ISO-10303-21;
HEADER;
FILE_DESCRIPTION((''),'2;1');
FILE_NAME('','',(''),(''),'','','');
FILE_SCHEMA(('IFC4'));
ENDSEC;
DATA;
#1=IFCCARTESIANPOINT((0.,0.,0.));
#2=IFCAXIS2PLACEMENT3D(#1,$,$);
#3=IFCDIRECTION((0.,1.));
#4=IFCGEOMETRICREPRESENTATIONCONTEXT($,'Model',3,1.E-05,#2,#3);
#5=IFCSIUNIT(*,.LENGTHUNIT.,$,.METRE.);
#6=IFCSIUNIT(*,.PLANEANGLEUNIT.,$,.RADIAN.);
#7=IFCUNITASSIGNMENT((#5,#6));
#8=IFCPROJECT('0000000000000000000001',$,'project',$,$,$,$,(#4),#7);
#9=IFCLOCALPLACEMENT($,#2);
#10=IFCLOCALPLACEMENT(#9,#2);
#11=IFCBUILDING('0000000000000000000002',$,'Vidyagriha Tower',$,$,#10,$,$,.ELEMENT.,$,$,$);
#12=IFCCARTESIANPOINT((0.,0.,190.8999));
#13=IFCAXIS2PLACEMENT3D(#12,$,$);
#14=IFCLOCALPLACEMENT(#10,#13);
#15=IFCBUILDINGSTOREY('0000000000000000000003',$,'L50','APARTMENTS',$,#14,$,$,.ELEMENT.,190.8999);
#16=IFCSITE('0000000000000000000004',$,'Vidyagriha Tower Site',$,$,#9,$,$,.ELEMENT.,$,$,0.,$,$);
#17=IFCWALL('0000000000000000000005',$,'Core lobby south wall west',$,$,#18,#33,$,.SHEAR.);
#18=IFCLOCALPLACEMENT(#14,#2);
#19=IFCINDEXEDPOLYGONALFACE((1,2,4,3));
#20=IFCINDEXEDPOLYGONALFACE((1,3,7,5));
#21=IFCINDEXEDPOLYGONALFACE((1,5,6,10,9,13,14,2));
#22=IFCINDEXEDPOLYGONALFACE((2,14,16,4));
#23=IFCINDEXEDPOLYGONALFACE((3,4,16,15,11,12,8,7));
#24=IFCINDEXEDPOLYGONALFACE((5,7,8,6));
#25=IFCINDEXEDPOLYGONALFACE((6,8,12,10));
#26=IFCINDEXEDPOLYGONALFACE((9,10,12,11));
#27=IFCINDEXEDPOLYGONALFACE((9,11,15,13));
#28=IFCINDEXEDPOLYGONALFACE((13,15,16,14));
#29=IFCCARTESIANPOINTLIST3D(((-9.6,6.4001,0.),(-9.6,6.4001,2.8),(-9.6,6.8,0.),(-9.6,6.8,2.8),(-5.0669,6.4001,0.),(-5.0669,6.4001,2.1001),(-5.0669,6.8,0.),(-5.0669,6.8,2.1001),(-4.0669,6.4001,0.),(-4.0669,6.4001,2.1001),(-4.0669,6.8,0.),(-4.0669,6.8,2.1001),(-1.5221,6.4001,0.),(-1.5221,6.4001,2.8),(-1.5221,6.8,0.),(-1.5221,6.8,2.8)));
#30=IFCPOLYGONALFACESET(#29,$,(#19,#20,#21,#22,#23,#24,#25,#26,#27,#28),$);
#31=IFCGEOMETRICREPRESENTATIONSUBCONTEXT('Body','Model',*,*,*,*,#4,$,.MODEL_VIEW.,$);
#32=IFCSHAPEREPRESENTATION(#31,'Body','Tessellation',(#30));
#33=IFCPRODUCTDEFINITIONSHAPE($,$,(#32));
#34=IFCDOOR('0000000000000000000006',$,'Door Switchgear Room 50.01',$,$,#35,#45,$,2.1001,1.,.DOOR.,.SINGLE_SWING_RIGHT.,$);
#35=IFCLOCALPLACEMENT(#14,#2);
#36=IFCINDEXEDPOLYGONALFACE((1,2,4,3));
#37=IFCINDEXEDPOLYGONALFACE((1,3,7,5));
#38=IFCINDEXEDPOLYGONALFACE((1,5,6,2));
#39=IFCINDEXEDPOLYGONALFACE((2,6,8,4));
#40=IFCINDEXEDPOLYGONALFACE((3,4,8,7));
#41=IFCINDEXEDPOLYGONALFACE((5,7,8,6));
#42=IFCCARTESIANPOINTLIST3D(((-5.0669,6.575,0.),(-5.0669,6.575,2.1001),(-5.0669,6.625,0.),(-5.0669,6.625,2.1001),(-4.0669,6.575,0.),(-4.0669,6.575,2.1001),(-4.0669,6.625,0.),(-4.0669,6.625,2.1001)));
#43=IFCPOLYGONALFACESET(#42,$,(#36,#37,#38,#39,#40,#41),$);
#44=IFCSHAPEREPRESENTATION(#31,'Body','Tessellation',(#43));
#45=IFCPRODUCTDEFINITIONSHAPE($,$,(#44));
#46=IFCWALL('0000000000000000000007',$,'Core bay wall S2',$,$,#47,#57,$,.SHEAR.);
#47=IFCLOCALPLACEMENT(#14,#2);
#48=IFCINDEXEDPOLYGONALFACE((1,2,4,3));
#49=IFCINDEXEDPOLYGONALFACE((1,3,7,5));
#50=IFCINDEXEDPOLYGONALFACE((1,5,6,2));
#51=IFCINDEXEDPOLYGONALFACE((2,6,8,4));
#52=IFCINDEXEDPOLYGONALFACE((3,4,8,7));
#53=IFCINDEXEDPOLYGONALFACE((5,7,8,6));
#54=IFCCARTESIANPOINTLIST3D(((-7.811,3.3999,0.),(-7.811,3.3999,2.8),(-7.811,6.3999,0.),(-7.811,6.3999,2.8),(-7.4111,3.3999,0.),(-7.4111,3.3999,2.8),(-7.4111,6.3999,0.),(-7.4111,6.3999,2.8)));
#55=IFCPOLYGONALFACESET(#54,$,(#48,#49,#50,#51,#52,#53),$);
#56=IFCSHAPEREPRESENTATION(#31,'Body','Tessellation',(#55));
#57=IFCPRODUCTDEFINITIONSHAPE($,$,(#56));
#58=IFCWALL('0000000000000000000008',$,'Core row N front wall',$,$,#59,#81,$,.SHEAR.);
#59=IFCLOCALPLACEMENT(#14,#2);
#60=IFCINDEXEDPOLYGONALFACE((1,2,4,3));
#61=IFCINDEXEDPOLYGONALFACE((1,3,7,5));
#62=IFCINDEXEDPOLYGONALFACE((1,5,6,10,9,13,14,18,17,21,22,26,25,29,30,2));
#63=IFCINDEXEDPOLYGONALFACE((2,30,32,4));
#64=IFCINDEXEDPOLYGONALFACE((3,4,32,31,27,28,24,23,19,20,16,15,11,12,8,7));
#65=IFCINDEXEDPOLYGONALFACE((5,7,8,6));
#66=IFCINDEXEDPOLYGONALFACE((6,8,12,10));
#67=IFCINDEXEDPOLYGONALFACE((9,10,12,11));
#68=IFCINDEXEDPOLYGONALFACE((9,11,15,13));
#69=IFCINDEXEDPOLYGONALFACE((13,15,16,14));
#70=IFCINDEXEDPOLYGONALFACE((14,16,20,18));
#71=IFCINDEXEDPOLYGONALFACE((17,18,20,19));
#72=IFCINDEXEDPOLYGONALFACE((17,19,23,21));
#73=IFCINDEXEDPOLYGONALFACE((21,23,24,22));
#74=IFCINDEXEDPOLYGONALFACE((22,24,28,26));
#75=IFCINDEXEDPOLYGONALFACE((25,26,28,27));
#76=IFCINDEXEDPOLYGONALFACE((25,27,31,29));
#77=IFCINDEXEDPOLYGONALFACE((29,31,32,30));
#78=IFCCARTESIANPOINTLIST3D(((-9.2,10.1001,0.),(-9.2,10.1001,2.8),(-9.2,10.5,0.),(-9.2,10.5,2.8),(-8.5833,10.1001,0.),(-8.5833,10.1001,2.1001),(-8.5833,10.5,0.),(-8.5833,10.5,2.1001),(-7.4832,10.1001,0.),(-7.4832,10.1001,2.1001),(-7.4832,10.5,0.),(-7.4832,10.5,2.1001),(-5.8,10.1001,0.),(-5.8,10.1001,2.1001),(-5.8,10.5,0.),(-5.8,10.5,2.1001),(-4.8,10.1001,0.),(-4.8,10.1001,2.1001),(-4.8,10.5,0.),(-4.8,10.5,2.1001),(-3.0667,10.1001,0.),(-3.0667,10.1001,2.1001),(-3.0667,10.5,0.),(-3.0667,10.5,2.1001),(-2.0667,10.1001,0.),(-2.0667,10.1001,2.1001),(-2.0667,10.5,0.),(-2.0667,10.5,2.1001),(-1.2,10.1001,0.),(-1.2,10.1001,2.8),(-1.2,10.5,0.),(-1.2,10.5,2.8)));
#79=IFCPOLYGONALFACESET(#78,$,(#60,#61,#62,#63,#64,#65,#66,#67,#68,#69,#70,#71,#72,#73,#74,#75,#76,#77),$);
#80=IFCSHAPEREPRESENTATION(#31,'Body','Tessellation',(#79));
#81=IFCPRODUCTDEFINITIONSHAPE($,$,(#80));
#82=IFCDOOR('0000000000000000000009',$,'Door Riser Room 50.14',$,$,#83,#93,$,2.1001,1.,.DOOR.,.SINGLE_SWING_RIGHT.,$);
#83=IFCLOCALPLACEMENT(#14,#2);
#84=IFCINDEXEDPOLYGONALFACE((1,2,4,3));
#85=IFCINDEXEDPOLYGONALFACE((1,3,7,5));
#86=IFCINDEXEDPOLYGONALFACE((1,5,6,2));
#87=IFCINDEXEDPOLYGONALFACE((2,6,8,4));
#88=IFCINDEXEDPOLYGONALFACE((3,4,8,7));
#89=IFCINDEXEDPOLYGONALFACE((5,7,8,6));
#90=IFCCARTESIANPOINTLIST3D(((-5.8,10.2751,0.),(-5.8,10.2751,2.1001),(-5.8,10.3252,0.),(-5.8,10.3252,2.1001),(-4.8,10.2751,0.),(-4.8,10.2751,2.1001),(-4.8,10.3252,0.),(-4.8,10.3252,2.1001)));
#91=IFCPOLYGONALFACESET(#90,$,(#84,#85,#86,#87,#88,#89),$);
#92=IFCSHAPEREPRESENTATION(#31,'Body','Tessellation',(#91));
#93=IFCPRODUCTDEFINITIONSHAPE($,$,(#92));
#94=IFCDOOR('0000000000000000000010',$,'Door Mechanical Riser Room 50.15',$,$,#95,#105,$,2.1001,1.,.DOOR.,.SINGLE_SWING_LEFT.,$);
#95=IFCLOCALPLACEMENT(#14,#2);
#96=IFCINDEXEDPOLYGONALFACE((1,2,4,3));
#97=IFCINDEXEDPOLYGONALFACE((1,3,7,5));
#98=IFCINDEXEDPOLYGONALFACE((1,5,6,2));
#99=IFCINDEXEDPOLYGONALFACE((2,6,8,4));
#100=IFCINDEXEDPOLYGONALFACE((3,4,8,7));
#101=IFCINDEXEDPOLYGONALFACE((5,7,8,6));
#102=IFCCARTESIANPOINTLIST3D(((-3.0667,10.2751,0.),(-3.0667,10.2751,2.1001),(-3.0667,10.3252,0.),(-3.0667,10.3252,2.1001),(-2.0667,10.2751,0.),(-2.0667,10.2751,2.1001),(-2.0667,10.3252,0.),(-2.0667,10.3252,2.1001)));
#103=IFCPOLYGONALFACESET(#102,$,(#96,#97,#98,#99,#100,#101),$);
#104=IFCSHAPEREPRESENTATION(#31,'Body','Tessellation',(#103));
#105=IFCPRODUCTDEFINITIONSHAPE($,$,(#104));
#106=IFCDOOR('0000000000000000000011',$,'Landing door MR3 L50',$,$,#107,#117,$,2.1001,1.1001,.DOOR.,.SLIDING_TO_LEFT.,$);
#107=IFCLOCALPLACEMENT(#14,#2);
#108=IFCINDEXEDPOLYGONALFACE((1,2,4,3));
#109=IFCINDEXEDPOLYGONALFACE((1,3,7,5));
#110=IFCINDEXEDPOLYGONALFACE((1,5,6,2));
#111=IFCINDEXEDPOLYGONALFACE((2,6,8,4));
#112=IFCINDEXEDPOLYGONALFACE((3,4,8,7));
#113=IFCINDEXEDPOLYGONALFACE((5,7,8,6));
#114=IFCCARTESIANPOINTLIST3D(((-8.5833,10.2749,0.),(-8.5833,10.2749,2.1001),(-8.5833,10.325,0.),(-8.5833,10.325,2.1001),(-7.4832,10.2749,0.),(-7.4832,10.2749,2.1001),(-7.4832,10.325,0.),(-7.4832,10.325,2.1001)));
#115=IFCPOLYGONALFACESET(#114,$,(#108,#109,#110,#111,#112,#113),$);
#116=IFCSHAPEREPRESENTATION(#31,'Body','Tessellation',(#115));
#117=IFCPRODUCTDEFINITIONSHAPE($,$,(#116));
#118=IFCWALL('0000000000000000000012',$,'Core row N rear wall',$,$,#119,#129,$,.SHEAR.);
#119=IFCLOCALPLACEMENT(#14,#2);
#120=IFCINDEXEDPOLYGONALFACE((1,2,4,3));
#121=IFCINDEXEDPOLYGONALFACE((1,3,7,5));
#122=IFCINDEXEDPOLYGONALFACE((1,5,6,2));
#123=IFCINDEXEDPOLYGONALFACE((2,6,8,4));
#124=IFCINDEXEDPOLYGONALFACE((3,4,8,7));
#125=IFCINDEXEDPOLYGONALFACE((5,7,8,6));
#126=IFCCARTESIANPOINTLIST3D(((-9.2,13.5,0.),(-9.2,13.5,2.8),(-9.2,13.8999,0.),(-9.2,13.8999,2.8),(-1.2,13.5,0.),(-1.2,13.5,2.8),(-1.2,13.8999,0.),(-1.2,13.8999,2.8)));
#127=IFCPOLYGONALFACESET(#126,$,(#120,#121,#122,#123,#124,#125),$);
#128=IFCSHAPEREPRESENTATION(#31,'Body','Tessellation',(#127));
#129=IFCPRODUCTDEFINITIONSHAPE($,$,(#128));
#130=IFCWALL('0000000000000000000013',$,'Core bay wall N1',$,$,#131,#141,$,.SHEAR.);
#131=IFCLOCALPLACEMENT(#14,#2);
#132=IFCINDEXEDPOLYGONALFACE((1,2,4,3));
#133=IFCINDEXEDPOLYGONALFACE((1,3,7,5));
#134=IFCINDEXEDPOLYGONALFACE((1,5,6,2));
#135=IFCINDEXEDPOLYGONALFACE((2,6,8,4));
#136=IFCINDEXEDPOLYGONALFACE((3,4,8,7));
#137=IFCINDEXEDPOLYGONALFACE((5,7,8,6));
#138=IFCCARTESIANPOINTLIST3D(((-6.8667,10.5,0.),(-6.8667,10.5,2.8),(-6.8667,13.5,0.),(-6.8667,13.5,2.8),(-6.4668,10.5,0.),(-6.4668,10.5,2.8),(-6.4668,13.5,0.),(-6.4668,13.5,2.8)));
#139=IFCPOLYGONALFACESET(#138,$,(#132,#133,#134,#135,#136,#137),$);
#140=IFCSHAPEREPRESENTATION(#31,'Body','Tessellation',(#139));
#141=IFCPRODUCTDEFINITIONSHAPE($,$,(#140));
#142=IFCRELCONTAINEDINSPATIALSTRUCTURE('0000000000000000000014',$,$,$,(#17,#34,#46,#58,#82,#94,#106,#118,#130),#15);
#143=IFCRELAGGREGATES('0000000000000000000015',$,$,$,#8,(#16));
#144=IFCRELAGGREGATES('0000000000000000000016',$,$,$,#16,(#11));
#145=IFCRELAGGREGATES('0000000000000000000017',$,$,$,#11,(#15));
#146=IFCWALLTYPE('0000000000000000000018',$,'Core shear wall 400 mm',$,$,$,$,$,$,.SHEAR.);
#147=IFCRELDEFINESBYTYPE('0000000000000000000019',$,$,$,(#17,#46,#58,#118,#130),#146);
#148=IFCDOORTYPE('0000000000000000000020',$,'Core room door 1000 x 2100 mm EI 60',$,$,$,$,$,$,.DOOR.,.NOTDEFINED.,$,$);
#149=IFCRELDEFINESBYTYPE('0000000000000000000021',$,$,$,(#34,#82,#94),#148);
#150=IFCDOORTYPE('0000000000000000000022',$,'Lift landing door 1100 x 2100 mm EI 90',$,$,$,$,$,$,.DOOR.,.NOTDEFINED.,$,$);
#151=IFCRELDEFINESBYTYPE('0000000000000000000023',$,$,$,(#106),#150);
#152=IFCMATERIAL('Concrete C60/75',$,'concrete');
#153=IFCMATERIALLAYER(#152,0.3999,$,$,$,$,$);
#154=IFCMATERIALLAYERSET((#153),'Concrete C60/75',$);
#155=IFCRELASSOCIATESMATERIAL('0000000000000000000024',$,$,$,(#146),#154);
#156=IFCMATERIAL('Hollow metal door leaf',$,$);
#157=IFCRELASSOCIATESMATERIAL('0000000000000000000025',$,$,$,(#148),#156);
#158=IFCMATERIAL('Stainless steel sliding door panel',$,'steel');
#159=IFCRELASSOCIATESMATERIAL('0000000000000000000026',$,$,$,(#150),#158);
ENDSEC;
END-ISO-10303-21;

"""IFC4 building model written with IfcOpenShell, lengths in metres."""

from ifc_helpers import new_model, si_unit, direction, frame, frame_2d, origin, place, context, subcontext, project, spatial, rectangle, extrude, material, layer, layer_set, type_object, element, fill, save


model = new_model("IFC4")

# Units and contexts
model_context = context("Model", 3, precision=1e-05, world=origin(), true_north=direction((0.0, 1.0)))
body_context = subcontext(model_context, "Body", "Model", "MODEL_VIEW")
ifc_project = project(units=[si_unit("LENGTHUNIT", "METRE"), si_unit("PLANEANGLEUNIT", "RADIAN")], contexts=[model_context])

# Site, building, storey
site_placement = place(None, origin())
site = spatial("IfcSite", under=ifc_project, at=site_placement, Name="Vidyagriha Tower Site", CompositionType="ELEMENT", RefElevation=0.0)
building_placement = place(site_placement, origin())
building = spatial("IfcBuilding", under=site, at=building_placement, Name="Vidyagriha Tower", CompositionType="ELEMENT")
storey_placement = place(building_placement, frame((0.0, 0.0, 190.8999)))
storey = spatial("IfcBuildingStorey", under=building, at=storey_placement, Name="L50", Description="APARTMENTS", CompositionType="ELEMENT", Elevation=190.8999)

# Shared definitions
ifc_material_1 = material(Name="Concrete C60/75", Category="concrete")
ifc_layer_1 = layer(ifc_material_1, 0.3999)
ifc_layer_set_1 = layer_set([ifc_layer_1], Name="Concrete C60/75")
wall_type_1 = type_object("IfcWallType", Name="Core shear wall 400 mm", PredefinedType="SHEAR", material=ifc_layer_set_1)

# Shared definitions
ifc_material_2 = material(Name="Hollow metal door leaf")
door_type_1 = type_object("IfcDoorType", Name="Core room door 1000 x 2100 mm EI 60", OperationType="NOTDEFINED", PredefinedType="DOOR", material=ifc_material_2)
ifc_material_3 = material(Name="Stainless steel sliding door panel", Category="steel")
door_type_2 = type_object("IfcDoorType", Name="Lift landing door 1100 x 2100 mm EI 90", OperationType="NOTDEFINED", PredefinedType="DOOR", material=ifc_material_3)

# Wall, opening, door
wall_1_placement = place(storey_placement, frame((-9.6001, 6.6001, 0.0)))
wall_1 = element("IfcWall", 1, at=wall_1_placement, inside=storey, type_object=wall_type_1, Name="Core lobby south wall west", PredefinedType="SHEAR", context=body_context, shape_type="SweptSolid", body=[
    extrude(rectangle(XDim=8.0779, YDim=0.3999, at=frame_2d((4.0391, 0.0))), origin(), (0.0, 0.0, 1.0), 2.8),
])
opening_1_placement = place(wall_1_placement, frame((4.5332, 0.0, 0.0)))
opening_1 = element("IfcOpeningElement", 2, at=opening_1_placement, cuts=wall_1, PredefinedType="OPENING", context=body_context, shape_type="SweptSolid", body=[
    extrude(rectangle(XDim=1.0, YDim=2.1001, at=frame_2d((0.5, 1.05))), frame((0.0, 0.21, 0.0), z_axis=(0.0, -1.0, 0.0), x_axis=(1.0, 0.0, 0.0)), (0.0, 0.0, 1.0), 0.4199),
])
door_1_placement = place(opening_1_placement, origin())
door_1 = element("IfcDoor", 3, at=door_1_placement, inside=storey, type_object=door_type_1, Name="Door Switchgear Room 50.01", OperationType="SINGLE_SWING_RIGHT", OverallHeight=2.1001, OverallWidth=1.0, PredefinedType="DOOR", context=body_context, shape_type="SweptSolid", body=[
    extrude(rectangle(XDim=1.0, YDim=2.1001, at=frame_2d((0.5, 1.05))), frame((0.0, 0.0249, 0.0), z_axis=(0.0, -1.0, 0.0), x_axis=(1.0, 0.0, 0.0)), (0.0, 0.0, 1.0), 0.05),
])
fill(opening_1, door_1)

# Wall
wall_2_placement = place(storey_placement, frame((-7.6111, 3.3999, 0.0), z_axis=(0.0, 0.0, 1.0), x_axis=(0.0, 1.0, 0.0)))
element("IfcWall", 4, at=wall_2_placement, inside=storey, type_object=wall_type_1, Name="Core bay wall S2", PredefinedType="SHEAR", context=body_context, shape_type="SweptSolid", body=[
    extrude(rectangle(XDim=3.0, YDim=0.3999, at=frame_2d((1.5, 0.0))), origin(), (0.0, 0.0, 1.0), 2.8),
])

# Wall, openings, doors
wall_3_placement = place(storey_placement, frame((-9.2, 10.3, 0.0)))
wall_3 = element("IfcWall", 5, at=wall_3_placement, inside=storey, type_object=wall_type_1, Name="Core row N front wall", PredefinedType="SHEAR", context=body_context, shape_type="SweptSolid", body=[
    extrude(rectangle(XDim=8.0, YDim=0.3999, at=frame_2d((4.0, 0.0))), origin(), (0.0, 0.0, 1.0), 2.8),
])
opening_2_placement = place(wall_3_placement, frame((0.6167, 0.0, 0.0)))
opening_2 = element("IfcOpeningElement", 6, at=opening_2_placement, cuts=wall_3, PredefinedType="OPENING", context=body_context, shape_type="SweptSolid", body=[
    extrude(rectangle(XDim=1.1001, YDim=2.1001, at=frame_2d((0.55, 1.05))), frame((0.0, 0.21, 0.0), z_axis=(0.0, -1.0, 0.0), x_axis=(1.0, 0.0, 0.0)), (0.0, 0.0, 1.0), 0.4199),
])
opening_3_placement = place(wall_3_placement, frame((3.3999, 0.0, 0.0)))
opening_3 = element("IfcOpeningElement", 7, at=opening_3_placement, cuts=wall_3, PredefinedType="OPENING", context=body_context, shape_type="SweptSolid", body=[
    extrude(rectangle(XDim=1.0, YDim=2.1001, at=frame_2d((0.5, 1.05))), frame((0.0, 0.21, 0.0), z_axis=(0.0, -1.0, 0.0), x_axis=(1.0, 0.0, 0.0)), (0.0, 0.0, 1.0), 0.4199),
])
opening_4_placement = place(wall_3_placement, frame((6.1333, 0.0, 0.0)))
opening_4 = element("IfcOpeningElement", 8, at=opening_4_placement, cuts=wall_3, PredefinedType="OPENING", context=body_context, shape_type="SweptSolid", body=[
    extrude(rectangle(XDim=1.0, YDim=2.1001, at=frame_2d((0.5, 1.05))), frame((0.0, 0.21, 0.0), z_axis=(0.0, -1.0, 0.0), x_axis=(1.0, 0.0, 0.0)), (0.0, 0.0, 1.0), 0.4199),
])
door_2_placement = place(opening_3_placement, frame((1.0, 0.0, 0.0), z_axis=(0.0, 0.0, 1.0), x_axis=(-1.0, 0.0, 0.0)))
door_2 = element("IfcDoor", 9, at=door_2_placement, inside=storey, type_object=door_type_1, Name="Door Riser Room 50.14", OperationType="SINGLE_SWING_RIGHT", OverallHeight=2.1001, OverallWidth=1.0, PredefinedType="DOOR", context=body_context, shape_type="SweptSolid", body=[
    extrude(rectangle(XDim=1.0, YDim=2.1001, at=frame_2d((0.5, 1.05))), frame((0.0, 0.0249, 0.0), z_axis=(0.0, -1.0, 0.0), x_axis=(1.0, 0.0, 0.0)), (0.0, 0.0, 1.0), 0.05),
])
fill(opening_3, door_2)
door_3_placement = place(opening_4_placement, frame((1.0, 0.0, 0.0), z_axis=(0.0, 0.0, 1.0), x_axis=(-1.0, 0.0, 0.0)))
door_3 = element("IfcDoor", 10, at=door_3_placement, inside=storey, type_object=door_type_1, Name="Door Mechanical Riser Room 50.15", OperationType="SINGLE_SWING_LEFT", OverallHeight=2.1001, OverallWidth=1.0, PredefinedType="DOOR", context=body_context, shape_type="SweptSolid", body=[
    extrude(rectangle(XDim=1.0, YDim=2.1001, at=frame_2d((0.5, 1.05))), frame((0.0, 0.0249, 0.0), z_axis=(0.0, -1.0, 0.0), x_axis=(1.0, 0.0, 0.0)), (0.0, 0.0, 1.0), 0.05),
])
fill(opening_4, door_3)
door_4_placement = place(opening_2_placement, origin())
door_4 = element("IfcDoor", 11, at=door_4_placement, inside=storey, type_object=door_type_2, Name="Landing door MR3 L50", OperationType="SLIDING_TO_LEFT", OverallHeight=2.1001, OverallWidth=1.1001, PredefinedType="DOOR", context=body_context, shape_type="SweptSolid", body=[
    extrude(rectangle(XDim=1.1001, YDim=2.1001, at=frame_2d((0.55, 1.05))), frame((0.0, 0.0249, 0.0), z_axis=(0.0, -1.0, 0.0), x_axis=(1.0, 0.0, 0.0)), (0.0, 0.0, 1.0), 0.05),
])
fill(opening_2, door_4)

# Walls
wall_4_placement = place(storey_placement, frame((-9.2, 13.7, 0.0)))
element("IfcWall", 12, at=wall_4_placement, inside=storey, type_object=wall_type_1, Name="Core row N rear wall", PredefinedType="SHEAR", context=body_context, shape_type="SweptSolid", body=[
    extrude(rectangle(XDim=8.0, YDim=0.3999, at=frame_2d((4.0, 0.0))), origin(), (0.0, 0.0, 1.0), 2.8),
])
wall_5_placement = place(storey_placement, frame((-6.6667, 10.5, 0.0), z_axis=(0.0, 0.0, 1.0), x_axis=(0.0, 1.0, 0.0)))
element("IfcWall", 13, at=wall_5_placement, inside=storey, type_object=wall_type_1, Name="Core bay wall N1", PredefinedType="SHEAR", context=body_context, shape_type="SweptSolid", body=[
    extrude(rectangle(XDim=3.0, YDim=0.3999, at=frame_2d((1.5, 0.0))), origin(), (0.0, 0.0, 1.0), 2.8),
])

save(model, "model.ifc")
